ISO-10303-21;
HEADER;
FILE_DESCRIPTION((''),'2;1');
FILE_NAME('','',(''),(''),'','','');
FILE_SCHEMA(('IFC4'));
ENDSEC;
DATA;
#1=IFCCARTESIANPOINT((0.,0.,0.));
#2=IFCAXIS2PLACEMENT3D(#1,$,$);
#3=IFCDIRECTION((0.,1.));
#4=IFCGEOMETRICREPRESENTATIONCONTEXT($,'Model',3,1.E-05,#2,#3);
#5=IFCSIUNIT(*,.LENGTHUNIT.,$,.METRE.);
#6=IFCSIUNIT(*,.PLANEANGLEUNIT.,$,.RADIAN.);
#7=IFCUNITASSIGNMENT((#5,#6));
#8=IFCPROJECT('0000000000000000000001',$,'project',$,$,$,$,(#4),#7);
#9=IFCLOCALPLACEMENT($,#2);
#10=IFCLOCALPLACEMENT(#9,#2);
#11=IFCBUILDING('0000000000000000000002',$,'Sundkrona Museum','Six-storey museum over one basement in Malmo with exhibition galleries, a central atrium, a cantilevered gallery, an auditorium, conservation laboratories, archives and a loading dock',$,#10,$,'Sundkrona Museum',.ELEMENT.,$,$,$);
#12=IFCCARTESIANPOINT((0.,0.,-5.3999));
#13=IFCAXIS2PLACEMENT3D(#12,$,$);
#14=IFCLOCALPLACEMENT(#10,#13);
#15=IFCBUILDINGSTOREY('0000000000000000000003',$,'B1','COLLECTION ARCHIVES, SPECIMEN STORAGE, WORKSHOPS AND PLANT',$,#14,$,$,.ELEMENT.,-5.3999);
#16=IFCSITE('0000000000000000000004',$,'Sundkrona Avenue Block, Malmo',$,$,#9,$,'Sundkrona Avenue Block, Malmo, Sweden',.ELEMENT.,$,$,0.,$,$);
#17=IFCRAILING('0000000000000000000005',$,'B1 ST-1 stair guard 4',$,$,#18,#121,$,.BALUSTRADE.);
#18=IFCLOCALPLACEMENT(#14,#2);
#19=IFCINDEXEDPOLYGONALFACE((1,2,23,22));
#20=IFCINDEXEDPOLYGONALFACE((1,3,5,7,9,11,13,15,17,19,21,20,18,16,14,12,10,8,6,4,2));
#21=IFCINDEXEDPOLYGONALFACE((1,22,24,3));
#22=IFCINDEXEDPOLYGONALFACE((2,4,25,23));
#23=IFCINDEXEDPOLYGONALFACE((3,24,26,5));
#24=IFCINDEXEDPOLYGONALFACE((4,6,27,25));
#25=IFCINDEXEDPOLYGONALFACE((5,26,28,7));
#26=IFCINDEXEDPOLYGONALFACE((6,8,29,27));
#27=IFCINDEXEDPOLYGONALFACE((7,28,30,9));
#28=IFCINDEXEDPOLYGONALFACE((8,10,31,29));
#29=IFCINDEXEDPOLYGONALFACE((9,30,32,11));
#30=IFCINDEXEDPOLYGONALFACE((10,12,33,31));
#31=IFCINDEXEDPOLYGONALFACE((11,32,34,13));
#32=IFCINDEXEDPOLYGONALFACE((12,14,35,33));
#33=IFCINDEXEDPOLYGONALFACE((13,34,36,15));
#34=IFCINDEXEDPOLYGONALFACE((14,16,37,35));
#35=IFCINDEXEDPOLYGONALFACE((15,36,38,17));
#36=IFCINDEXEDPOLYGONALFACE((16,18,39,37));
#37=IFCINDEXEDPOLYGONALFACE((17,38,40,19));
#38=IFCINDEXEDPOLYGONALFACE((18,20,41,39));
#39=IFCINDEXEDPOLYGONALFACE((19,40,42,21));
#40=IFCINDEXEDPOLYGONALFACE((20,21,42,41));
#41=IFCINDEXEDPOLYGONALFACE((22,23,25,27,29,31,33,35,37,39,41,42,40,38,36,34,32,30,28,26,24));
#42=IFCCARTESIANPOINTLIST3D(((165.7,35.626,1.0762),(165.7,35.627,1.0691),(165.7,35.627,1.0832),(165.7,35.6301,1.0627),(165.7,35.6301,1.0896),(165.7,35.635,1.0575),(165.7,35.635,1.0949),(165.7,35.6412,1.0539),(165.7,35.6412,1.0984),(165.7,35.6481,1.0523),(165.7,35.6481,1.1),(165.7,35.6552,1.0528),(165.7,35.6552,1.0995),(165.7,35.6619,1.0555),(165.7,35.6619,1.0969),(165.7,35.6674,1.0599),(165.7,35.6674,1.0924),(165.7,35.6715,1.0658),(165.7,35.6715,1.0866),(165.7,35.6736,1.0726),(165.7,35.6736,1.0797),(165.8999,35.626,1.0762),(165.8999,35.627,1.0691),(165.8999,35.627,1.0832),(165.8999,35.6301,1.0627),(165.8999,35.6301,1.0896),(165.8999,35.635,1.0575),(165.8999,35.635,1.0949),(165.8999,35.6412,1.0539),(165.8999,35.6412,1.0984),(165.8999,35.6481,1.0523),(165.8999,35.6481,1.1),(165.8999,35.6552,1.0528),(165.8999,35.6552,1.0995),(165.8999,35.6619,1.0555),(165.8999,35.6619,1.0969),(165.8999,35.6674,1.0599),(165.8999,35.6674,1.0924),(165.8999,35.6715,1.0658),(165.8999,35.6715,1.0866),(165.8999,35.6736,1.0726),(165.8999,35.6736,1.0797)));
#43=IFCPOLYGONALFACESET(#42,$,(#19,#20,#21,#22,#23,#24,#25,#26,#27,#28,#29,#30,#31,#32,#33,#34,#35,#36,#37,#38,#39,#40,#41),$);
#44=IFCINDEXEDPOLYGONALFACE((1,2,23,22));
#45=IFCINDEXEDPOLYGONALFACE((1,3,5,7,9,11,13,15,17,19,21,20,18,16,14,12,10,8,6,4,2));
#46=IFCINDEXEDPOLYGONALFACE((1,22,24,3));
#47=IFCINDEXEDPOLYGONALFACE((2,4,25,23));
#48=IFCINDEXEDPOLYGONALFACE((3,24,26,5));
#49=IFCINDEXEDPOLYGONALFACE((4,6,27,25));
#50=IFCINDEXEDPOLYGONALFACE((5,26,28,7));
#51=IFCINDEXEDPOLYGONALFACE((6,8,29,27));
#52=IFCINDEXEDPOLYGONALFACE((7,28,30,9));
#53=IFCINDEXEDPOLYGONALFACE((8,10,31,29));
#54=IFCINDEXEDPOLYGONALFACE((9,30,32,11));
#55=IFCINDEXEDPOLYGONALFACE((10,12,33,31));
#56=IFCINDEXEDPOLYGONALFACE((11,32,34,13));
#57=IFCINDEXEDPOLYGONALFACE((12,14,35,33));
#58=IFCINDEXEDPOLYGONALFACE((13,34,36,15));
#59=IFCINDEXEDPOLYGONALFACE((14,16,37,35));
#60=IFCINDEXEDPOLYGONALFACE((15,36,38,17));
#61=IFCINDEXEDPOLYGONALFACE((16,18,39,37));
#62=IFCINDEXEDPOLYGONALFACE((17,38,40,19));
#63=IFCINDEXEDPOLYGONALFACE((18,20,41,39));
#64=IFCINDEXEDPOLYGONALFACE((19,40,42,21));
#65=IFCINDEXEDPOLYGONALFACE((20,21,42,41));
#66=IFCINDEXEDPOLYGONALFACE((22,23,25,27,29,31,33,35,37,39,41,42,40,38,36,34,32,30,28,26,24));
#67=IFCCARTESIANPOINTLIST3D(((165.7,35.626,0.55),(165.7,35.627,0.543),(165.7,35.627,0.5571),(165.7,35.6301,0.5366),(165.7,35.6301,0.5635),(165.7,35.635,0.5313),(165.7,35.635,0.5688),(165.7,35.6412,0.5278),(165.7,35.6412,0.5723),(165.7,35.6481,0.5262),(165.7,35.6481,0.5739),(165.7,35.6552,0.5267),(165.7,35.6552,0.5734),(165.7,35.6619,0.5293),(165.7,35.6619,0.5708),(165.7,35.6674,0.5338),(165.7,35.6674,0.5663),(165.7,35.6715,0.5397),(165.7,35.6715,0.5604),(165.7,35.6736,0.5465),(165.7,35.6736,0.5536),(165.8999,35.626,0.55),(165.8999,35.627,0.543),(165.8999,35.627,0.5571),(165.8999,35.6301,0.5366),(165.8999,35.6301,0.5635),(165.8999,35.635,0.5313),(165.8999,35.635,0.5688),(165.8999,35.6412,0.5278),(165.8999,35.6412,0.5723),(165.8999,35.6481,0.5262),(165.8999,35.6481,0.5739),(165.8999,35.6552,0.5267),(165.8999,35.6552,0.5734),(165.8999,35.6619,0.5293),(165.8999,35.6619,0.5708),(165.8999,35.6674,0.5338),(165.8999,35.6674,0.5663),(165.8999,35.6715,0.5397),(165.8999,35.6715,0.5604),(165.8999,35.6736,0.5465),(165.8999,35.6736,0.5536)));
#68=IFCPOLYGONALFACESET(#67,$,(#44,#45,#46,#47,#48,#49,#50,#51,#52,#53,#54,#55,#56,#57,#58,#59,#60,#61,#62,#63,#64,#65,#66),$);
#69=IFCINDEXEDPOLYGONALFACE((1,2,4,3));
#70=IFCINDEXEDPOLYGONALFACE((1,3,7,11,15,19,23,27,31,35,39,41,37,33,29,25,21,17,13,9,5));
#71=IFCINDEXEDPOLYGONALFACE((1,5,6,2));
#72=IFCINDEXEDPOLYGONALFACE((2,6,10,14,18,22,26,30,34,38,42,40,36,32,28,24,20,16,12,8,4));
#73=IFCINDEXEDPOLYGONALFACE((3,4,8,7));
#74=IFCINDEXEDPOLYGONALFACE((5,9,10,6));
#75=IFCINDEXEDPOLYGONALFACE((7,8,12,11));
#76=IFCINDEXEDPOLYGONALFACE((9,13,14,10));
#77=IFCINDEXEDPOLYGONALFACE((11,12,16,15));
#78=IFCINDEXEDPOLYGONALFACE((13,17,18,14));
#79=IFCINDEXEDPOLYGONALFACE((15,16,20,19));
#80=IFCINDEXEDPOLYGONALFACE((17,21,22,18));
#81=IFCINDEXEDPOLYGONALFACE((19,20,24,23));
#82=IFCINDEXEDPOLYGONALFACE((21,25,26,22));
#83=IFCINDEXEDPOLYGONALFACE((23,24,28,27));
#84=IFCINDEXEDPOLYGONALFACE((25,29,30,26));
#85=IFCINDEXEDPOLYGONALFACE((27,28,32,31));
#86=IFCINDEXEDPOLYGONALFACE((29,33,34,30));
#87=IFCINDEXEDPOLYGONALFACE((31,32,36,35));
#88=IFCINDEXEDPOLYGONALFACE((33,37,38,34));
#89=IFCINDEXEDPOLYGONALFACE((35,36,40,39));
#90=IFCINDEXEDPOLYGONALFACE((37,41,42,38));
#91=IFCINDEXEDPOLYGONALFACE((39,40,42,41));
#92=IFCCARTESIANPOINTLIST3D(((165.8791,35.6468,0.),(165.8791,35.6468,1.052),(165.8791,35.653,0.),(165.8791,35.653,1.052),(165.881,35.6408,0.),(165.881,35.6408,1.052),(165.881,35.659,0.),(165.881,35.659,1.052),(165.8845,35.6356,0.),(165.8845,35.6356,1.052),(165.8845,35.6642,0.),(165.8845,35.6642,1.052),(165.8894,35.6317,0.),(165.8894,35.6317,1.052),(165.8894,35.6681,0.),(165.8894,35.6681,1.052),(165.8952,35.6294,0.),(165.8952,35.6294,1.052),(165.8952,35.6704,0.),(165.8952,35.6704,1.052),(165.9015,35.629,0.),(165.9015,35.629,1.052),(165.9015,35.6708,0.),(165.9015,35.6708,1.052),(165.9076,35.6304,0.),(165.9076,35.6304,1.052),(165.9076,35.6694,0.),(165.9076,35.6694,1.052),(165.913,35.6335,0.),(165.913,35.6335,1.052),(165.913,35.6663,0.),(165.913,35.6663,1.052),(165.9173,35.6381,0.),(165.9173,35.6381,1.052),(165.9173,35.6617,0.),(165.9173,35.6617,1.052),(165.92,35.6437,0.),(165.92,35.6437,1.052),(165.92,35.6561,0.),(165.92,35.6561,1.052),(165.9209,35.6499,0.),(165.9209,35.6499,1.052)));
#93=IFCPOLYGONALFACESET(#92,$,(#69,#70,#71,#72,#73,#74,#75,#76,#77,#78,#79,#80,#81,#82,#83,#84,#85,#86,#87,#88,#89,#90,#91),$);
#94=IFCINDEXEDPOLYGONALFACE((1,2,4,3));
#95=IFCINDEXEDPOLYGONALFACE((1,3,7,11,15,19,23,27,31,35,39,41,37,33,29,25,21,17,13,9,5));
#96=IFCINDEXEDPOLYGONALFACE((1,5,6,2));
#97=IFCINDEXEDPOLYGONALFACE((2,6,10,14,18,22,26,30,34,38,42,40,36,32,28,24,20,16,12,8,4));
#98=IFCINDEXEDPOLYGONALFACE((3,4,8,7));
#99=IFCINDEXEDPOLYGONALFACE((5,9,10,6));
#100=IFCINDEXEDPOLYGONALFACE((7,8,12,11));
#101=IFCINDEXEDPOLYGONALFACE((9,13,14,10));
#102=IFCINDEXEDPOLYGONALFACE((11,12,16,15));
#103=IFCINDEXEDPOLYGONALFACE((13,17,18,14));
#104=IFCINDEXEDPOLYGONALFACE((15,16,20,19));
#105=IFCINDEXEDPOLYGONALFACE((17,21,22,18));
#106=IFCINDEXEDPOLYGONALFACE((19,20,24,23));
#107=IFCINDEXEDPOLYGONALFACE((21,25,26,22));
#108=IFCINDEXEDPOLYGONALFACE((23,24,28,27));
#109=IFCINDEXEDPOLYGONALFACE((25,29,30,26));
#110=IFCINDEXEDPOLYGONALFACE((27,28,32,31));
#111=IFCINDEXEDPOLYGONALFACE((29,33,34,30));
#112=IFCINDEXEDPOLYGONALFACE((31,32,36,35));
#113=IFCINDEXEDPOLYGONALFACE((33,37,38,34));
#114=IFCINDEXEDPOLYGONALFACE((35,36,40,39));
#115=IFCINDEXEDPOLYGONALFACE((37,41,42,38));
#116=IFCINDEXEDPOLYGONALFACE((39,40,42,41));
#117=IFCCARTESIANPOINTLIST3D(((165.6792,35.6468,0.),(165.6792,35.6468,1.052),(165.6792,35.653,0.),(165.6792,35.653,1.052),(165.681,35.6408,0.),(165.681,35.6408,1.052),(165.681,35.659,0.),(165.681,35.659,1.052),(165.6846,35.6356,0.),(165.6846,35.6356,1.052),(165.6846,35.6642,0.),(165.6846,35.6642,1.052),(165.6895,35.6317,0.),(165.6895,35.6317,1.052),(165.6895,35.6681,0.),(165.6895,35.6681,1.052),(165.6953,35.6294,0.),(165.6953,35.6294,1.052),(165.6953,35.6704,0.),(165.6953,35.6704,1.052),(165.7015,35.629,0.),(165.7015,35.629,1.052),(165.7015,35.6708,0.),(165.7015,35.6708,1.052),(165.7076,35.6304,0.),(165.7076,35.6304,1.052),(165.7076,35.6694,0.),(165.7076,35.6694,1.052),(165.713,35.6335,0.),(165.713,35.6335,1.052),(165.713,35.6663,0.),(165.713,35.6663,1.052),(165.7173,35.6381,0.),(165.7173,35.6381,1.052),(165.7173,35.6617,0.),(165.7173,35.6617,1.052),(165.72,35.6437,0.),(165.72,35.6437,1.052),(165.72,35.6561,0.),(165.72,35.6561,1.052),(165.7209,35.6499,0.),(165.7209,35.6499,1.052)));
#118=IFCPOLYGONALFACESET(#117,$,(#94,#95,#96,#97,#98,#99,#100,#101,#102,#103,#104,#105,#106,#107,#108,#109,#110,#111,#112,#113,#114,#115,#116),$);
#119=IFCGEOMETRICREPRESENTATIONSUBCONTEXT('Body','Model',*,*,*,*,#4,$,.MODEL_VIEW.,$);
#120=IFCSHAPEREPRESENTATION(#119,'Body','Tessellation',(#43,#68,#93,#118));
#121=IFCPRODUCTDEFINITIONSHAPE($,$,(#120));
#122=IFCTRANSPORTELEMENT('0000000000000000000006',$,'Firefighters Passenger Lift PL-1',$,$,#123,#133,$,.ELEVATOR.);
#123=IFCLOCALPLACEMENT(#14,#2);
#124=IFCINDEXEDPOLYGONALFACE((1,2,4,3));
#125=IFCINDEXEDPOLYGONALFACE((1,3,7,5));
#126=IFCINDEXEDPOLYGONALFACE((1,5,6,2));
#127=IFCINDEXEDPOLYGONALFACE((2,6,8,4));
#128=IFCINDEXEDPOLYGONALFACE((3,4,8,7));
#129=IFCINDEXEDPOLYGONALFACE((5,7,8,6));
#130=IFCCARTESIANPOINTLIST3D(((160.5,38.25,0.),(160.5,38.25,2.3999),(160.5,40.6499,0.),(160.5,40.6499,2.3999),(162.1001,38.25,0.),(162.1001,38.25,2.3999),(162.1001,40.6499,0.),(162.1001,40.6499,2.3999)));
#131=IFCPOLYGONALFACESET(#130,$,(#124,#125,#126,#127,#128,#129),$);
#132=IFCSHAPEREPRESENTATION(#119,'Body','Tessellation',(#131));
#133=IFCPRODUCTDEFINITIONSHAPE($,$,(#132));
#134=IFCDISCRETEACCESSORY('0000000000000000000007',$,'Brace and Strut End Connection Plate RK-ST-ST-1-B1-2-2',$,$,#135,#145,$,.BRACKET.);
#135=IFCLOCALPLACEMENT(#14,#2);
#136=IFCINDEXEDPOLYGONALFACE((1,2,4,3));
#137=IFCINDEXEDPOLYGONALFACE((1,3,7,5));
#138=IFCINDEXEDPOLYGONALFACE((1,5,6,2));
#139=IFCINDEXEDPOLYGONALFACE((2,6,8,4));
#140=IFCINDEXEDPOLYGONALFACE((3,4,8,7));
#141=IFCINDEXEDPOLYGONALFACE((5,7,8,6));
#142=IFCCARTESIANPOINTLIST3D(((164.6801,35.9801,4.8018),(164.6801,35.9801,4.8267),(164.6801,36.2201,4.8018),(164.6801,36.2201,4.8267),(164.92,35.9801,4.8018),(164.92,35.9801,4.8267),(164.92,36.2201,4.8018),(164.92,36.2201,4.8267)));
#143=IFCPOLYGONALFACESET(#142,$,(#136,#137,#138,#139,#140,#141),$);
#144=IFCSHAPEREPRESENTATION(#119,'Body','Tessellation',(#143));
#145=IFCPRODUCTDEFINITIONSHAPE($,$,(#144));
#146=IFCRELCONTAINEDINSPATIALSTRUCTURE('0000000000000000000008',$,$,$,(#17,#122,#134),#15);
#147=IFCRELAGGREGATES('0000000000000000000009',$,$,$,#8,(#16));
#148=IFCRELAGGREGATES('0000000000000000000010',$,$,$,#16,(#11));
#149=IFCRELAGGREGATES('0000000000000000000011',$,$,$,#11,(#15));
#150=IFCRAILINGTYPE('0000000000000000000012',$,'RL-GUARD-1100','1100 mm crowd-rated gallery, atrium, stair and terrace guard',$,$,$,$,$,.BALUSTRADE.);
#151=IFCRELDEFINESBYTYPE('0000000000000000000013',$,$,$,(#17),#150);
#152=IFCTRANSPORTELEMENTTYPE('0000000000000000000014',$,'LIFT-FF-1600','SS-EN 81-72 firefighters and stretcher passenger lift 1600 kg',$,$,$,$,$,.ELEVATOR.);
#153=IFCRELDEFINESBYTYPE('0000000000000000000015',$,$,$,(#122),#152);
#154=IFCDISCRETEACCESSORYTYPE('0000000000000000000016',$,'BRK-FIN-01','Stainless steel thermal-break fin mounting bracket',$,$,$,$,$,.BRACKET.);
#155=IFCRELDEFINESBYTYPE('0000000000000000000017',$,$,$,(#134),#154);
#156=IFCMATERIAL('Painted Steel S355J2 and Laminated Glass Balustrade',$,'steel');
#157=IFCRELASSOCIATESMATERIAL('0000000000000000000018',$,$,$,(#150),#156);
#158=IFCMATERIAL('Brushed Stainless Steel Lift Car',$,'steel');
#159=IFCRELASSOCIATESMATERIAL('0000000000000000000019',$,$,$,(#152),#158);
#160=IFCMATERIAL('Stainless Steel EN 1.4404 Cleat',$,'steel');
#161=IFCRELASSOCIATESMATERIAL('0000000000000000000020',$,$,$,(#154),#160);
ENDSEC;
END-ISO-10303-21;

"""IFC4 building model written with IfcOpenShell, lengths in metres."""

from ifc_helpers import new_model, si_unit, direction, frame, origin, origin_2d, place, context, subcontext, project, spatial, rectangle, circle, extrude, material, type_object, element, save


model = new_model("IFC4")

# Units and contexts
model_context = context("Model", 3, precision=1e-05, world=origin(), true_north=direction((0.0, 1.0)))
body_context = subcontext(model_context, "Body", "Model", "MODEL_VIEW")
ifc_project = project(units=[si_unit("LENGTHUNIT", "METRE"), si_unit("PLANEANGLEUNIT", "RADIAN")], contexts=[model_context])

# Site, building, storey
site_placement = place(None, origin())
site = spatial("IfcSite", under=ifc_project, at=site_placement, Name="Sundkrona Avenue Block, Malmo", LongName="Sundkrona Avenue Block, Malmo, Sweden", CompositionType="ELEMENT", RefElevation=0.0)
building_placement = place(site_placement, origin())
building = spatial("IfcBuilding", under=site, at=building_placement, Name="Sundkrona Museum", Description="Six-storey museum over one basement in Malmo with exhibition galleries, a central atrium, a cantilevered gallery, an auditorium, conservation laboratories, archives and a loading dock", LongName="Sundkrona Museum", CompositionType="ELEMENT")
storey_placement = place(building_placement, frame((0.0, 0.0, -5.3999)))
storey = spatial("IfcBuildingStorey", under=building, at=storey_placement, Name="B1", Description="COLLECTION ARCHIVES, SPECIMEN STORAGE, WORKSHOPS AND PLANT", CompositionType="ELEMENT", Elevation=-5.3999)

# Railing
ifc_material_1 = material(Name="Painted Steel S355J2 and Laminated Glass Balustrade", Category="steel")
railing_type_1 = type_object("IfcRailingType", Name="RL-GUARD-1100", Description="1100 mm crowd-rated gallery, atrium, stair and terrace guard", PredefinedType="BALUSTRADE", material=ifc_material_1)
railing_1_placement = place(storey_placement, frame((165.8999, 35.6499, 0.0)))
element("IfcRailing", 1, at=railing_1_placement, inside=storey, type_object=railing_type_1, Name="B1 ST-1 stair guard 4", PredefinedType="BALUSTRADE", context=body_context, shape_type="SweptSolid", body=[
    extrude(circle(Radius=0.0239, at=origin_2d()), frame((0.0, 0.0, 1.0762), z_axis=(-1.0, 0.0, 0.0), x_axis=(0.0, -1.0, 0.0)), (0.0, 0.0, 1.0), 0.2),
    extrude(circle(Radius=0.0239, at=origin_2d()), frame((0.0, 0.0, 0.55), z_axis=(-1.0, 0.0, 0.0), x_axis=(0.0, -1.0, 0.0)), (0.0, 0.0, 1.0), 0.2),
    extrude(circle(Radius=0.021, at=origin_2d()), origin(), (0.0, 0.0, 1.0), 1.052),
    extrude(circle(Radius=0.021, at=origin_2d()), frame((-0.2, 0.0, 0.0)), (0.0, 0.0, 1.0), 1.052),
])

# Transport element
ifc_material_2 = material(Name="Brushed Stainless Steel Lift Car", Category="steel")
transport_element_type = type_object("IfcTransportElementType", Name="LIFT-FF-1600", Description="SS-EN 81-72 firefighters and stretcher passenger lift 1600 kg", PredefinedType="ELEVATOR", material=ifc_material_2)
transport_element_placement = place(storey_placement, frame((161.3, 39.45, 0.0), z_axis=(0.0, 0.0, 1.0), x_axis=(1.0, 0.0, 0.0)))
element("IfcTransportElement", 2, at=transport_element_placement, inside=storey, type_object=transport_element_type, Name="Firefighters Passenger Lift PL-1", PredefinedType="ELEVATOR", context=body_context, shape_type="SweptSolid", body=[
    extrude(rectangle(XDim=1.6001, YDim=2.3999, at=origin_2d()), origin(), (0.0, 0.0, 1.0), 2.3999),
])

# Discrete accessory
ifc_material_3 = material(Name="Stainless Steel EN 1.4404 Cleat", Category="steel")
discrete_accessory_type = type_object("IfcDiscreteAccessoryType", Name="BRK-FIN-01", Description="Stainless steel thermal-break fin mounting bracket", PredefinedType="BRACKET", material=ifc_material_3)
discrete_accessory_placement = place(storey_placement, frame((164.8, 36.1001, 4.8018), z_axis=(0.0, 0.0, 1.0), x_axis=(1.0, 0.0, 0.0)))
element("IfcDiscreteAccessory", 3, at=discrete_accessory_placement, inside=storey, type_object=discrete_accessory_type, Name="Brace and Strut End Connection Plate RK-ST-ST-1-B1-2-2", PredefinedType="BRACKET", context=body_context, shape_type="SweptSolid", body=[
    extrude(rectangle(XDim=0.24, YDim=0.24, at=origin_2d()), origin(), (0.0, 0.0, 1.0), 0.0249),
])

save(model, "model.ifc")
